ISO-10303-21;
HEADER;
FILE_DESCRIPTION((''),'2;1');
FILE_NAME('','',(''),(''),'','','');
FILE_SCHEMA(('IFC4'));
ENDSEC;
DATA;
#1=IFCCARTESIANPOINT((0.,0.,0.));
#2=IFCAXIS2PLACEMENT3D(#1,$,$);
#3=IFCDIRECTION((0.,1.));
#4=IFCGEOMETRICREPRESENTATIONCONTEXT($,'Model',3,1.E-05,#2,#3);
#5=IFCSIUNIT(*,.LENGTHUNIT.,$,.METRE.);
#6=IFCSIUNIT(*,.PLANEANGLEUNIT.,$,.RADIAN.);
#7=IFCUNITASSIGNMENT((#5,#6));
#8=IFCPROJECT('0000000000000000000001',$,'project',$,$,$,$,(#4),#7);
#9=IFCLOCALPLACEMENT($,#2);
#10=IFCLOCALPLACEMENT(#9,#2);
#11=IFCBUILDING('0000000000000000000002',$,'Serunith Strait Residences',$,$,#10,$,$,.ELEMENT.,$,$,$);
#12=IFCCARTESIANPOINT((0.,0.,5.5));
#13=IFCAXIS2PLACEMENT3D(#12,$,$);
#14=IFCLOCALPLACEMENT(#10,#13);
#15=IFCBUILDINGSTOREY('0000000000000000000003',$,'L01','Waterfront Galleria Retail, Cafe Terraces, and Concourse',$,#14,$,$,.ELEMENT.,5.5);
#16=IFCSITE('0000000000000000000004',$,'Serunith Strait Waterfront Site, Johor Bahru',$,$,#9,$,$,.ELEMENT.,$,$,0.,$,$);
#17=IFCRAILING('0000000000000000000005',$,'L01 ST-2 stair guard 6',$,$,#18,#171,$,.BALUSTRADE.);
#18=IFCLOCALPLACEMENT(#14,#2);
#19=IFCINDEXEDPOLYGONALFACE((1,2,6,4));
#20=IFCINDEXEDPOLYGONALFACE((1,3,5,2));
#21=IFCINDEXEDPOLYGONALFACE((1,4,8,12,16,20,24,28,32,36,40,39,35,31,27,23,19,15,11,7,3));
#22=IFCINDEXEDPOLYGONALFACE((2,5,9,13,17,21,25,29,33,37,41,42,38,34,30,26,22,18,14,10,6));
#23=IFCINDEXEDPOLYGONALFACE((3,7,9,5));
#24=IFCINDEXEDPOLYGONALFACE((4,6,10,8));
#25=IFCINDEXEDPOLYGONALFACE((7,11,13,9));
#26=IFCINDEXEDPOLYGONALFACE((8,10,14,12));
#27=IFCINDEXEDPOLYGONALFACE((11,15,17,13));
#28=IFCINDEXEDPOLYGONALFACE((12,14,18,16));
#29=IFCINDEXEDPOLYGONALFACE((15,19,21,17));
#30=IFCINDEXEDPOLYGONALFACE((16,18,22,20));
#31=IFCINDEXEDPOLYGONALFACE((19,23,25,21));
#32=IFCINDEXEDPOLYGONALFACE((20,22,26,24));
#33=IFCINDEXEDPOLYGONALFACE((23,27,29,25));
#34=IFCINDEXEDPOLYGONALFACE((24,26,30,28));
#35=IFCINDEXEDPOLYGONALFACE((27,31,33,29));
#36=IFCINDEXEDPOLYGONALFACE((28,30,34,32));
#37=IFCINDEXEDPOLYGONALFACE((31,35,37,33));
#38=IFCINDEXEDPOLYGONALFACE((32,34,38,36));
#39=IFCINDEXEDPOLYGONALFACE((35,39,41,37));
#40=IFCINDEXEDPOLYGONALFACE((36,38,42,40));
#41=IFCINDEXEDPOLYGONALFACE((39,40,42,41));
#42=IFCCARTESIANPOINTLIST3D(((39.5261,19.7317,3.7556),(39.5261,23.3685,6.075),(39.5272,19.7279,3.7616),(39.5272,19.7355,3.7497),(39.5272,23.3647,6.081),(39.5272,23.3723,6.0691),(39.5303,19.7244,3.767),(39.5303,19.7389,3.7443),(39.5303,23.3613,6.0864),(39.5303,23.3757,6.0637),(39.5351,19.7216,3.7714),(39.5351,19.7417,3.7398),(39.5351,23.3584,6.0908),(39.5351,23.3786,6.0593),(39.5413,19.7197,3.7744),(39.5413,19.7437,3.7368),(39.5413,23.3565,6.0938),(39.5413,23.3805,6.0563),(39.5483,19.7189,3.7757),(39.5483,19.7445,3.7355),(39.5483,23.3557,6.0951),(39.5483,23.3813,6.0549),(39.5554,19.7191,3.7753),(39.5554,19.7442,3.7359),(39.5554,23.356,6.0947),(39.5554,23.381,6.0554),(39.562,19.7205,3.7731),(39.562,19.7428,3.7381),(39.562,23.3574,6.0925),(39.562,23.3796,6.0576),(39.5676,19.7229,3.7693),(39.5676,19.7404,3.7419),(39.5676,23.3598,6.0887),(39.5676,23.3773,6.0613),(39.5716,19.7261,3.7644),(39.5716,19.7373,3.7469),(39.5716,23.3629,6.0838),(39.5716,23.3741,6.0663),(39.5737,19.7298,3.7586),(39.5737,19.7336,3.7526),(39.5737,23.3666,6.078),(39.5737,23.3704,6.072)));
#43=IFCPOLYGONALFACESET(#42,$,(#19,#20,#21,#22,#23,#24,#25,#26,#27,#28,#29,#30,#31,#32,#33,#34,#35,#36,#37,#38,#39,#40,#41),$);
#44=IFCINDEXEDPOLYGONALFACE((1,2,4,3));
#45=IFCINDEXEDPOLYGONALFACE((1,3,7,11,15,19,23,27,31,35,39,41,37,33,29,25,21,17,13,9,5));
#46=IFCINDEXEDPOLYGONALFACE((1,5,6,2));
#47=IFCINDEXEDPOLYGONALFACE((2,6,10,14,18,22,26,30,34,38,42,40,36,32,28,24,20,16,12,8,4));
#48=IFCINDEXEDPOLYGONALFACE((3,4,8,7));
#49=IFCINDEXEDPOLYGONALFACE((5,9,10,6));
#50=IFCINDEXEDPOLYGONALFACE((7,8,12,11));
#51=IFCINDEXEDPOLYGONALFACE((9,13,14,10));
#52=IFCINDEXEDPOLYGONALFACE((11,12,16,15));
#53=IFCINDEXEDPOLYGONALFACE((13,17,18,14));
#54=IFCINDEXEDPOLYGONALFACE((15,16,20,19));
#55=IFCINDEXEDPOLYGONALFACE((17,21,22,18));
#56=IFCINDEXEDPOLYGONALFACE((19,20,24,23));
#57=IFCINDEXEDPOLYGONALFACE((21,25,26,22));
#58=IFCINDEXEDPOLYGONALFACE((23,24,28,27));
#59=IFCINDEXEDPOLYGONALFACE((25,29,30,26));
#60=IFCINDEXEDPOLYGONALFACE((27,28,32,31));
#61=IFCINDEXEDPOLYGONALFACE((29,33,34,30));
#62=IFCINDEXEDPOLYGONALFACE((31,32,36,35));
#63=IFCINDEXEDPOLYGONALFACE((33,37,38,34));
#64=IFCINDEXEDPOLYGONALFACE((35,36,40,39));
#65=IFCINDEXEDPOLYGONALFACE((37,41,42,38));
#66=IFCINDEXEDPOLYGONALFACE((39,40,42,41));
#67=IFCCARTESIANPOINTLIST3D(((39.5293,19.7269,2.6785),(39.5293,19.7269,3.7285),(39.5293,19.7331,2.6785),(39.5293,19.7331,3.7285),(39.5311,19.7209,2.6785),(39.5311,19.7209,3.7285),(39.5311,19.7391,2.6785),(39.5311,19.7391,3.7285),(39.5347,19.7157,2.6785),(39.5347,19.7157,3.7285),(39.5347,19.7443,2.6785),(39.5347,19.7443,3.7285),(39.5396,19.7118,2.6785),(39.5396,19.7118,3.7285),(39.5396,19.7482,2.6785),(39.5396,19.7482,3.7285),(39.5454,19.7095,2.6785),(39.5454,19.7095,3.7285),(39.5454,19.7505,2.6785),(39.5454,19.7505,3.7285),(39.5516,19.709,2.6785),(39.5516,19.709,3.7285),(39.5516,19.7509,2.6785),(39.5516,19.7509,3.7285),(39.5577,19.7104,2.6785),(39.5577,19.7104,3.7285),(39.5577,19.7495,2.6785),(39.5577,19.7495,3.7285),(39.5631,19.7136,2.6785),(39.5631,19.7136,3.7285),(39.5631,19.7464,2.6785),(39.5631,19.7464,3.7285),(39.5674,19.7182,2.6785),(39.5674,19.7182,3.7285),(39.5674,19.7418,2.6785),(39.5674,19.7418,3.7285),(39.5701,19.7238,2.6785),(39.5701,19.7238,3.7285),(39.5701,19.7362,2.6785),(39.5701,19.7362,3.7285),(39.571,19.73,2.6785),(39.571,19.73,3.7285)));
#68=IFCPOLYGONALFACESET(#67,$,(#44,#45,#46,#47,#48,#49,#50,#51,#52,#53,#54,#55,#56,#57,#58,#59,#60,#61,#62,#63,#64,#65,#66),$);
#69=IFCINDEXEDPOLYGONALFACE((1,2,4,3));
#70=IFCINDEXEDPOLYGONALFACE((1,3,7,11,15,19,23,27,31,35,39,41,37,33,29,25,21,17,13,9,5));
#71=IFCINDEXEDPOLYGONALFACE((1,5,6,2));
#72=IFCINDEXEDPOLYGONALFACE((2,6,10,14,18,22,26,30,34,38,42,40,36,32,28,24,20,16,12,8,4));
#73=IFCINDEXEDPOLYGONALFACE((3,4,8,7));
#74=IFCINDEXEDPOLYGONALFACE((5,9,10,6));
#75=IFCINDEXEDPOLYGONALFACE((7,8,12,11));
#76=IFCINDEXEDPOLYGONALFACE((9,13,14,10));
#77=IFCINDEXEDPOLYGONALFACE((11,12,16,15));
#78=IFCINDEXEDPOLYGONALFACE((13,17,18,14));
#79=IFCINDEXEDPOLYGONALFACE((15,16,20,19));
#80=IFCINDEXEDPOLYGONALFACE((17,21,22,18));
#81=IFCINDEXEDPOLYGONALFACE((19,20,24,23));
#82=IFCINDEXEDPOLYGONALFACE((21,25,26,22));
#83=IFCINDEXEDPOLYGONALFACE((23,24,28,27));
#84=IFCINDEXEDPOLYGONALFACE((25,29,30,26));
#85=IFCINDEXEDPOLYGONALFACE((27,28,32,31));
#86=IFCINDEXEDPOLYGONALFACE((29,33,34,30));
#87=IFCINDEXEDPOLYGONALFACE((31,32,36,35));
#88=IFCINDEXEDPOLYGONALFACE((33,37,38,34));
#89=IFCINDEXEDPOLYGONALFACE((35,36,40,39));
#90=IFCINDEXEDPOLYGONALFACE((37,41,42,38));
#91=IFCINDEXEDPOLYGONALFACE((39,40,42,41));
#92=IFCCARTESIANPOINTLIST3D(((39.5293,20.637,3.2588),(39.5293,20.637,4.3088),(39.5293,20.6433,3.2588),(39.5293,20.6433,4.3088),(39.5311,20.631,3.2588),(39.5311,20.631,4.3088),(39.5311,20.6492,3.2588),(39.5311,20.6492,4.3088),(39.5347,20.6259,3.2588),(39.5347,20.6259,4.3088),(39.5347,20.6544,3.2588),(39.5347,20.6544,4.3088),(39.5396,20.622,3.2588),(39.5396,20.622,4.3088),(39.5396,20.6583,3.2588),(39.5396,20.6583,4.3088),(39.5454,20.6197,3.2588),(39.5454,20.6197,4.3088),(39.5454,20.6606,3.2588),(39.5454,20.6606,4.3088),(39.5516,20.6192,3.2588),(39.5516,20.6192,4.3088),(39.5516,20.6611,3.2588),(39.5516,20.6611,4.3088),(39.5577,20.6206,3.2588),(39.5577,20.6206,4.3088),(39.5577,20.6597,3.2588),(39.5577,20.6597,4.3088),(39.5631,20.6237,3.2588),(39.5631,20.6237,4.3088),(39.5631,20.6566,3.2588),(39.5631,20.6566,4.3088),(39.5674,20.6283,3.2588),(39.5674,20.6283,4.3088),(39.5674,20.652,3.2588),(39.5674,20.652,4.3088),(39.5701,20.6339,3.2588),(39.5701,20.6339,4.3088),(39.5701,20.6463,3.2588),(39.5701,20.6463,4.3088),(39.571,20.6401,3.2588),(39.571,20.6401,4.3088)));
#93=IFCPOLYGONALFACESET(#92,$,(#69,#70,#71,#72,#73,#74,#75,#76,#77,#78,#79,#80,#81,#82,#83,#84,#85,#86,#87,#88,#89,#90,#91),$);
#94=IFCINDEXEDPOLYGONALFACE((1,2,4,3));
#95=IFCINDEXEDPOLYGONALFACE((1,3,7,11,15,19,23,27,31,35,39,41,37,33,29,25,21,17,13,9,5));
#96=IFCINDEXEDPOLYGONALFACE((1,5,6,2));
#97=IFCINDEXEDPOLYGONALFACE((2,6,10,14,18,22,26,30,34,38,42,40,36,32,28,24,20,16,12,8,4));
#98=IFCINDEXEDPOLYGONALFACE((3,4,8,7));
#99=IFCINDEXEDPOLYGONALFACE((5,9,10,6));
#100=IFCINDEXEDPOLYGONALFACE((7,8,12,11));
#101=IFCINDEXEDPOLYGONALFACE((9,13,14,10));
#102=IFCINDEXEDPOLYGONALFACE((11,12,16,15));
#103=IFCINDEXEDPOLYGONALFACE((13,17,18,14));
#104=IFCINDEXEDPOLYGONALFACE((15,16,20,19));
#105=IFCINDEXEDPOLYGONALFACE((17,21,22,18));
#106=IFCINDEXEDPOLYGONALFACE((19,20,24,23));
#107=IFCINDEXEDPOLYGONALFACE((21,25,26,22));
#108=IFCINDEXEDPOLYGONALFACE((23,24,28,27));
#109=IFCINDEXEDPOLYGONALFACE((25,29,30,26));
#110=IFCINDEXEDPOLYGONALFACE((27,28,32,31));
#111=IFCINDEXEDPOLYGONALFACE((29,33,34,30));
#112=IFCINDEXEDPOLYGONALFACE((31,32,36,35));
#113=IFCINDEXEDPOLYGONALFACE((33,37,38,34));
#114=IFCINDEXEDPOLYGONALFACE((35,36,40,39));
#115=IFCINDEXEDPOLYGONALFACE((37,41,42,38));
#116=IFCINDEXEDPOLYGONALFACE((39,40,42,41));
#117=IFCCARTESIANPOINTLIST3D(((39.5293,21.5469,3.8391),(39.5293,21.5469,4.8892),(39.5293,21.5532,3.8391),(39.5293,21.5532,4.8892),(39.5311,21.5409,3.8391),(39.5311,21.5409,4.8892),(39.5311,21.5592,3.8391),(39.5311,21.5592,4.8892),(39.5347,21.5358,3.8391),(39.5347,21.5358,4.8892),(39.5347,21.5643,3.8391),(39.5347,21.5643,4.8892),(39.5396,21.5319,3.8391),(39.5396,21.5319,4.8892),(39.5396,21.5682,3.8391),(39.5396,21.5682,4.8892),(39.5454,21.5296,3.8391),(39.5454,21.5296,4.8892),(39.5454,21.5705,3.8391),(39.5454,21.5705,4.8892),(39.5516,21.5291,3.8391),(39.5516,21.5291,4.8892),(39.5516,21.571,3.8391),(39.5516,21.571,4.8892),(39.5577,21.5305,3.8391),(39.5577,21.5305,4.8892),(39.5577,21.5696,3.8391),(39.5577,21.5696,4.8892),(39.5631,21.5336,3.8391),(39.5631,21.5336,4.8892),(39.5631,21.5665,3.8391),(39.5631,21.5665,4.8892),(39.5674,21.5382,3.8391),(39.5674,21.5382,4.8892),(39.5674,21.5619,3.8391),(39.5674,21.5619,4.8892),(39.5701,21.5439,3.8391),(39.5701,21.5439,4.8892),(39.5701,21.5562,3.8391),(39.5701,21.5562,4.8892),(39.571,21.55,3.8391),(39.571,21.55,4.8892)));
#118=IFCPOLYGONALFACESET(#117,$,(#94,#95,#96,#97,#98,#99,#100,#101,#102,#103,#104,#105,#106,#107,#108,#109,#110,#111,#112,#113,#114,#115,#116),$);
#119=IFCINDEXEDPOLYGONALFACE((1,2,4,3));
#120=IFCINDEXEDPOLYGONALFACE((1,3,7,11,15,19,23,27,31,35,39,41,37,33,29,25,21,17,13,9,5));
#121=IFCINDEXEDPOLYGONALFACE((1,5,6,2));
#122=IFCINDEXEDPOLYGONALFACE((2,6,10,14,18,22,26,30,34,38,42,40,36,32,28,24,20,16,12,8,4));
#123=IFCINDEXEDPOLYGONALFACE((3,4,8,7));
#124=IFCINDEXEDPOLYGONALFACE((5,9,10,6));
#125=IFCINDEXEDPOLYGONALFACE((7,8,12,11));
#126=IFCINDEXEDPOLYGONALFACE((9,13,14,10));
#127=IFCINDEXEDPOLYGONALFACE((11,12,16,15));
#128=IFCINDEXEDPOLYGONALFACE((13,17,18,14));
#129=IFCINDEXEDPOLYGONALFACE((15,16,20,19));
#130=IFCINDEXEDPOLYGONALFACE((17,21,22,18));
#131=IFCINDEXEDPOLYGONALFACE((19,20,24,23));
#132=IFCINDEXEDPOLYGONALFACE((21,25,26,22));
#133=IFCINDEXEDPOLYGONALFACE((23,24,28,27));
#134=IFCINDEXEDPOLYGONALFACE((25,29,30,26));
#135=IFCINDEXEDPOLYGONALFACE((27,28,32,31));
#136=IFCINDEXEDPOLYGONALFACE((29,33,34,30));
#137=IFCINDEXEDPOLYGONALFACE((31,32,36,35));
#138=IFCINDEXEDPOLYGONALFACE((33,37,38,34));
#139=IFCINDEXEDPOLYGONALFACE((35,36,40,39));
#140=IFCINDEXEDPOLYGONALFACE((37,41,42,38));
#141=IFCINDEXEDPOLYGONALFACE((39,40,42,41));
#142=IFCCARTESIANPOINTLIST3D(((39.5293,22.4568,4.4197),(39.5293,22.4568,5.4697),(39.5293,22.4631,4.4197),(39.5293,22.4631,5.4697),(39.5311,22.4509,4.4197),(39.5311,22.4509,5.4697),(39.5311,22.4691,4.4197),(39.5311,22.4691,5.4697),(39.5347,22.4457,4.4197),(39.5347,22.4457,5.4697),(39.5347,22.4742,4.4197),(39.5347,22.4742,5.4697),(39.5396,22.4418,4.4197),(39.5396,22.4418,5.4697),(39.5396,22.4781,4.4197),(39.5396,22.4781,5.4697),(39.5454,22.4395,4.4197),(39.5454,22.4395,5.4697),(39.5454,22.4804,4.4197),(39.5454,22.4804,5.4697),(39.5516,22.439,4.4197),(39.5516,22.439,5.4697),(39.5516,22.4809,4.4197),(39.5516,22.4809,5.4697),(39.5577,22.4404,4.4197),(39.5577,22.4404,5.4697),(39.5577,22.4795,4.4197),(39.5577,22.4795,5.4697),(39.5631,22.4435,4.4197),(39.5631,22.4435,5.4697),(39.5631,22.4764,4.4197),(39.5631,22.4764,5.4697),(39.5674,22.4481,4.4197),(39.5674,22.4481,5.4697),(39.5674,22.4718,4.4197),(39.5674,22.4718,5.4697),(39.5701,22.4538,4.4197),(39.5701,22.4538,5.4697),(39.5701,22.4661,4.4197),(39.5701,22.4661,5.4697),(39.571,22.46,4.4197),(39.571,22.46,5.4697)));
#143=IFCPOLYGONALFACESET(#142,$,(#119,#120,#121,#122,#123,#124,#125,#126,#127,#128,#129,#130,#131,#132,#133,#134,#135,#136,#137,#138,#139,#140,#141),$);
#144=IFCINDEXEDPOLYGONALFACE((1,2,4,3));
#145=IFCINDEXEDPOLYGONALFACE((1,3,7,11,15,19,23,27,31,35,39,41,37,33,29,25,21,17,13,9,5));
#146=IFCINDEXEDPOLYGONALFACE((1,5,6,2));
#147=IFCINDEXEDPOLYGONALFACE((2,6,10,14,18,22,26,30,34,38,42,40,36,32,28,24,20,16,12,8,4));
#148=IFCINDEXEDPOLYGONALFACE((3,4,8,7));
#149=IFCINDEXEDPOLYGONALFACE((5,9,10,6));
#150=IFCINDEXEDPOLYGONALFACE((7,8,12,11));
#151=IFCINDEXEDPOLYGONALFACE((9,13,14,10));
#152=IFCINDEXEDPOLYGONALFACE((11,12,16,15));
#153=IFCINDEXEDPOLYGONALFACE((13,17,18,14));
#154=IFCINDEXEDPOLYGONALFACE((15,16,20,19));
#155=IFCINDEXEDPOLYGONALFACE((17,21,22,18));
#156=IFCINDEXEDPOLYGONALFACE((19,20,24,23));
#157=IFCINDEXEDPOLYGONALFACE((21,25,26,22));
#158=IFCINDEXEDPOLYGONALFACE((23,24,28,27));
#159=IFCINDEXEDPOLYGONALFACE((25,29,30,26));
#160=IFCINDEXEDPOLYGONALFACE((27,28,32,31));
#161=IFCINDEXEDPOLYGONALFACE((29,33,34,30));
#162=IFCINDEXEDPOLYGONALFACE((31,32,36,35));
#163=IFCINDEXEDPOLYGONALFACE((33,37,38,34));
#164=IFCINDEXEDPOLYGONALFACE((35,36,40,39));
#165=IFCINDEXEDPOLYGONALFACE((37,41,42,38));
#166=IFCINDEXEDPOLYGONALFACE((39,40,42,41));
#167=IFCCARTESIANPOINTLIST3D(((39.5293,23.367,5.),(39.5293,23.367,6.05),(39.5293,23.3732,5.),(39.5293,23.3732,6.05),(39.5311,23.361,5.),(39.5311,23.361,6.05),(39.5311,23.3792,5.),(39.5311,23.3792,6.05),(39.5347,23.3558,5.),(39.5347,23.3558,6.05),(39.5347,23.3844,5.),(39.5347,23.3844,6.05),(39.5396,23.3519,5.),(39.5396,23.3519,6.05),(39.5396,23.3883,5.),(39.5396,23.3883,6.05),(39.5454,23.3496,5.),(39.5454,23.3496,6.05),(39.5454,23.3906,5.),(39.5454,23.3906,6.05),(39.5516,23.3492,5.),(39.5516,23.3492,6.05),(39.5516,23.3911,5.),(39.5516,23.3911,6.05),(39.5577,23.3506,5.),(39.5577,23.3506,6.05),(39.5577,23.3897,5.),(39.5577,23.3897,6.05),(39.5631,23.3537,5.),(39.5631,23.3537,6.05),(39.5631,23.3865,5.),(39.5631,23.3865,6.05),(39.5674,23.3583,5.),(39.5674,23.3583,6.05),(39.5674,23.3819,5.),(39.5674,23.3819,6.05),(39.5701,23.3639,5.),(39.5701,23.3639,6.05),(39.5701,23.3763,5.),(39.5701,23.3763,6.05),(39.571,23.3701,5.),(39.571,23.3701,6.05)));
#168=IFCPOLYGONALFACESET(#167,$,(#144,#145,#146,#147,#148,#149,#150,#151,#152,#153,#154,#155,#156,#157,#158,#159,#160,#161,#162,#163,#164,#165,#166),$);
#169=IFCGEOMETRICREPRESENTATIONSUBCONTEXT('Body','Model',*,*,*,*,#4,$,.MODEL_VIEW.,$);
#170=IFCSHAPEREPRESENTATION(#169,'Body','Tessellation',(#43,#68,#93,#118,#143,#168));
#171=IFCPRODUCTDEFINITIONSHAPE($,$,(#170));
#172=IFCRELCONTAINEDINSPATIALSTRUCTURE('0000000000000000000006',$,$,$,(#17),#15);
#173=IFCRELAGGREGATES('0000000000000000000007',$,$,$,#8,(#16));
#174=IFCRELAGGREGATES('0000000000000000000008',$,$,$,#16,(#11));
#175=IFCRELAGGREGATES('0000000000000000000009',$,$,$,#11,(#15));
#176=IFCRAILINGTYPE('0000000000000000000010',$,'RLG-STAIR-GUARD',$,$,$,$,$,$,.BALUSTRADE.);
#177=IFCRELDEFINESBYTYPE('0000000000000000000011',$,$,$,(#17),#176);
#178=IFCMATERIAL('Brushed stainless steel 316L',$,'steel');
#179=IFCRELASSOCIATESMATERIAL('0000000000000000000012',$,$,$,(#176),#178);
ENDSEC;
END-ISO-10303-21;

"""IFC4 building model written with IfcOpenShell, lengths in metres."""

from ifc_helpers import new_model, si_unit, direction, frame, origin, origin_2d, place, context, subcontext, project, spatial, circle, extrude, material, type_object, element, save


model = new_model("IFC4")

# Units and contexts
model_context = context("Model", 3, precision=1e-05, world=origin(), true_north=direction((0.0, 1.0)))
body_context = subcontext(model_context, "Body", "Model", "MODEL_VIEW")
ifc_project = project(units=[si_unit("LENGTHUNIT", "METRE"), si_unit("PLANEANGLEUNIT", "RADIAN")], contexts=[model_context])

# Site, building, storey
site_placement = place(None, origin())
site = spatial("IfcSite", under=ifc_project, at=site_placement, Name="Serunith Strait Waterfront Site, Johor Bahru", CompositionType="ELEMENT", RefElevation=0.0)
building_placement = place(site_placement, origin())
building = spatial("IfcBuilding", under=site, at=building_placement, Name="Serunith Strait Residences", CompositionType="ELEMENT")
storey_placement = place(building_placement, frame((0.0, 0.0, 5.5)))
storey = spatial("IfcBuildingStorey", under=building, at=storey_placement, Name="L01", Description="Waterfront Galleria Retail, Cafe Terraces, and Concourse", CompositionType="ELEMENT", Elevation=5.5)

# Railing
ifc_material_1 = material(Name="Brushed stainless steel 316L", Category="steel")
railing_type_1 = type_object("IfcRailingType", Name="RLG-STAIR-GUARD", PredefinedType="BALUSTRADE", material=ifc_material_1)
railing_1_placement = place(storey_placement, frame((39.55, 19.73, 2.6785)))
element("IfcRailing", 1, at=railing_1_placement, inside=storey, type_object=railing_type_1, Name="L01 ST-2 stair guard 6", PredefinedType="BALUSTRADE", context=body_context, shape_type="SweptSolid", body=[
    extrude(circle(Radius=0.0239, at=origin_2d()), frame((0.0, 0.0017, 1.0771), z_axis=(0.0, 0.843128, 0.537713), x_axis=(-1.0, 0.0, 0.0)), (0.0, 0.0, 1.0), 4.3135),
    extrude(circle(Radius=0.021, at=origin_2d()), origin(), (0.0, 0.0, 1.0), 1.05),
    extrude(circle(Radius=0.021, at=origin_2d()), frame((0.0, 0.9102, 0.5803)), (0.0, 0.0, 1.0), 1.05),
    extrude(circle(Radius=0.021, at=origin_2d()), frame((0.0, 1.8201, 1.1606)), (0.0, 0.0, 1.0), 1.05),
    extrude(circle(Radius=0.021, at=origin_2d()), frame((0.0, 2.73, 1.7412)), (0.0, 0.0, 1.0), 1.05),
    extrude(circle(Radius=0.021, at=origin_2d()), frame((0.0, 3.6401, 2.3215)), (0.0, 0.0, 1.0), 1.05),
])

save(model, "model.ifc")
